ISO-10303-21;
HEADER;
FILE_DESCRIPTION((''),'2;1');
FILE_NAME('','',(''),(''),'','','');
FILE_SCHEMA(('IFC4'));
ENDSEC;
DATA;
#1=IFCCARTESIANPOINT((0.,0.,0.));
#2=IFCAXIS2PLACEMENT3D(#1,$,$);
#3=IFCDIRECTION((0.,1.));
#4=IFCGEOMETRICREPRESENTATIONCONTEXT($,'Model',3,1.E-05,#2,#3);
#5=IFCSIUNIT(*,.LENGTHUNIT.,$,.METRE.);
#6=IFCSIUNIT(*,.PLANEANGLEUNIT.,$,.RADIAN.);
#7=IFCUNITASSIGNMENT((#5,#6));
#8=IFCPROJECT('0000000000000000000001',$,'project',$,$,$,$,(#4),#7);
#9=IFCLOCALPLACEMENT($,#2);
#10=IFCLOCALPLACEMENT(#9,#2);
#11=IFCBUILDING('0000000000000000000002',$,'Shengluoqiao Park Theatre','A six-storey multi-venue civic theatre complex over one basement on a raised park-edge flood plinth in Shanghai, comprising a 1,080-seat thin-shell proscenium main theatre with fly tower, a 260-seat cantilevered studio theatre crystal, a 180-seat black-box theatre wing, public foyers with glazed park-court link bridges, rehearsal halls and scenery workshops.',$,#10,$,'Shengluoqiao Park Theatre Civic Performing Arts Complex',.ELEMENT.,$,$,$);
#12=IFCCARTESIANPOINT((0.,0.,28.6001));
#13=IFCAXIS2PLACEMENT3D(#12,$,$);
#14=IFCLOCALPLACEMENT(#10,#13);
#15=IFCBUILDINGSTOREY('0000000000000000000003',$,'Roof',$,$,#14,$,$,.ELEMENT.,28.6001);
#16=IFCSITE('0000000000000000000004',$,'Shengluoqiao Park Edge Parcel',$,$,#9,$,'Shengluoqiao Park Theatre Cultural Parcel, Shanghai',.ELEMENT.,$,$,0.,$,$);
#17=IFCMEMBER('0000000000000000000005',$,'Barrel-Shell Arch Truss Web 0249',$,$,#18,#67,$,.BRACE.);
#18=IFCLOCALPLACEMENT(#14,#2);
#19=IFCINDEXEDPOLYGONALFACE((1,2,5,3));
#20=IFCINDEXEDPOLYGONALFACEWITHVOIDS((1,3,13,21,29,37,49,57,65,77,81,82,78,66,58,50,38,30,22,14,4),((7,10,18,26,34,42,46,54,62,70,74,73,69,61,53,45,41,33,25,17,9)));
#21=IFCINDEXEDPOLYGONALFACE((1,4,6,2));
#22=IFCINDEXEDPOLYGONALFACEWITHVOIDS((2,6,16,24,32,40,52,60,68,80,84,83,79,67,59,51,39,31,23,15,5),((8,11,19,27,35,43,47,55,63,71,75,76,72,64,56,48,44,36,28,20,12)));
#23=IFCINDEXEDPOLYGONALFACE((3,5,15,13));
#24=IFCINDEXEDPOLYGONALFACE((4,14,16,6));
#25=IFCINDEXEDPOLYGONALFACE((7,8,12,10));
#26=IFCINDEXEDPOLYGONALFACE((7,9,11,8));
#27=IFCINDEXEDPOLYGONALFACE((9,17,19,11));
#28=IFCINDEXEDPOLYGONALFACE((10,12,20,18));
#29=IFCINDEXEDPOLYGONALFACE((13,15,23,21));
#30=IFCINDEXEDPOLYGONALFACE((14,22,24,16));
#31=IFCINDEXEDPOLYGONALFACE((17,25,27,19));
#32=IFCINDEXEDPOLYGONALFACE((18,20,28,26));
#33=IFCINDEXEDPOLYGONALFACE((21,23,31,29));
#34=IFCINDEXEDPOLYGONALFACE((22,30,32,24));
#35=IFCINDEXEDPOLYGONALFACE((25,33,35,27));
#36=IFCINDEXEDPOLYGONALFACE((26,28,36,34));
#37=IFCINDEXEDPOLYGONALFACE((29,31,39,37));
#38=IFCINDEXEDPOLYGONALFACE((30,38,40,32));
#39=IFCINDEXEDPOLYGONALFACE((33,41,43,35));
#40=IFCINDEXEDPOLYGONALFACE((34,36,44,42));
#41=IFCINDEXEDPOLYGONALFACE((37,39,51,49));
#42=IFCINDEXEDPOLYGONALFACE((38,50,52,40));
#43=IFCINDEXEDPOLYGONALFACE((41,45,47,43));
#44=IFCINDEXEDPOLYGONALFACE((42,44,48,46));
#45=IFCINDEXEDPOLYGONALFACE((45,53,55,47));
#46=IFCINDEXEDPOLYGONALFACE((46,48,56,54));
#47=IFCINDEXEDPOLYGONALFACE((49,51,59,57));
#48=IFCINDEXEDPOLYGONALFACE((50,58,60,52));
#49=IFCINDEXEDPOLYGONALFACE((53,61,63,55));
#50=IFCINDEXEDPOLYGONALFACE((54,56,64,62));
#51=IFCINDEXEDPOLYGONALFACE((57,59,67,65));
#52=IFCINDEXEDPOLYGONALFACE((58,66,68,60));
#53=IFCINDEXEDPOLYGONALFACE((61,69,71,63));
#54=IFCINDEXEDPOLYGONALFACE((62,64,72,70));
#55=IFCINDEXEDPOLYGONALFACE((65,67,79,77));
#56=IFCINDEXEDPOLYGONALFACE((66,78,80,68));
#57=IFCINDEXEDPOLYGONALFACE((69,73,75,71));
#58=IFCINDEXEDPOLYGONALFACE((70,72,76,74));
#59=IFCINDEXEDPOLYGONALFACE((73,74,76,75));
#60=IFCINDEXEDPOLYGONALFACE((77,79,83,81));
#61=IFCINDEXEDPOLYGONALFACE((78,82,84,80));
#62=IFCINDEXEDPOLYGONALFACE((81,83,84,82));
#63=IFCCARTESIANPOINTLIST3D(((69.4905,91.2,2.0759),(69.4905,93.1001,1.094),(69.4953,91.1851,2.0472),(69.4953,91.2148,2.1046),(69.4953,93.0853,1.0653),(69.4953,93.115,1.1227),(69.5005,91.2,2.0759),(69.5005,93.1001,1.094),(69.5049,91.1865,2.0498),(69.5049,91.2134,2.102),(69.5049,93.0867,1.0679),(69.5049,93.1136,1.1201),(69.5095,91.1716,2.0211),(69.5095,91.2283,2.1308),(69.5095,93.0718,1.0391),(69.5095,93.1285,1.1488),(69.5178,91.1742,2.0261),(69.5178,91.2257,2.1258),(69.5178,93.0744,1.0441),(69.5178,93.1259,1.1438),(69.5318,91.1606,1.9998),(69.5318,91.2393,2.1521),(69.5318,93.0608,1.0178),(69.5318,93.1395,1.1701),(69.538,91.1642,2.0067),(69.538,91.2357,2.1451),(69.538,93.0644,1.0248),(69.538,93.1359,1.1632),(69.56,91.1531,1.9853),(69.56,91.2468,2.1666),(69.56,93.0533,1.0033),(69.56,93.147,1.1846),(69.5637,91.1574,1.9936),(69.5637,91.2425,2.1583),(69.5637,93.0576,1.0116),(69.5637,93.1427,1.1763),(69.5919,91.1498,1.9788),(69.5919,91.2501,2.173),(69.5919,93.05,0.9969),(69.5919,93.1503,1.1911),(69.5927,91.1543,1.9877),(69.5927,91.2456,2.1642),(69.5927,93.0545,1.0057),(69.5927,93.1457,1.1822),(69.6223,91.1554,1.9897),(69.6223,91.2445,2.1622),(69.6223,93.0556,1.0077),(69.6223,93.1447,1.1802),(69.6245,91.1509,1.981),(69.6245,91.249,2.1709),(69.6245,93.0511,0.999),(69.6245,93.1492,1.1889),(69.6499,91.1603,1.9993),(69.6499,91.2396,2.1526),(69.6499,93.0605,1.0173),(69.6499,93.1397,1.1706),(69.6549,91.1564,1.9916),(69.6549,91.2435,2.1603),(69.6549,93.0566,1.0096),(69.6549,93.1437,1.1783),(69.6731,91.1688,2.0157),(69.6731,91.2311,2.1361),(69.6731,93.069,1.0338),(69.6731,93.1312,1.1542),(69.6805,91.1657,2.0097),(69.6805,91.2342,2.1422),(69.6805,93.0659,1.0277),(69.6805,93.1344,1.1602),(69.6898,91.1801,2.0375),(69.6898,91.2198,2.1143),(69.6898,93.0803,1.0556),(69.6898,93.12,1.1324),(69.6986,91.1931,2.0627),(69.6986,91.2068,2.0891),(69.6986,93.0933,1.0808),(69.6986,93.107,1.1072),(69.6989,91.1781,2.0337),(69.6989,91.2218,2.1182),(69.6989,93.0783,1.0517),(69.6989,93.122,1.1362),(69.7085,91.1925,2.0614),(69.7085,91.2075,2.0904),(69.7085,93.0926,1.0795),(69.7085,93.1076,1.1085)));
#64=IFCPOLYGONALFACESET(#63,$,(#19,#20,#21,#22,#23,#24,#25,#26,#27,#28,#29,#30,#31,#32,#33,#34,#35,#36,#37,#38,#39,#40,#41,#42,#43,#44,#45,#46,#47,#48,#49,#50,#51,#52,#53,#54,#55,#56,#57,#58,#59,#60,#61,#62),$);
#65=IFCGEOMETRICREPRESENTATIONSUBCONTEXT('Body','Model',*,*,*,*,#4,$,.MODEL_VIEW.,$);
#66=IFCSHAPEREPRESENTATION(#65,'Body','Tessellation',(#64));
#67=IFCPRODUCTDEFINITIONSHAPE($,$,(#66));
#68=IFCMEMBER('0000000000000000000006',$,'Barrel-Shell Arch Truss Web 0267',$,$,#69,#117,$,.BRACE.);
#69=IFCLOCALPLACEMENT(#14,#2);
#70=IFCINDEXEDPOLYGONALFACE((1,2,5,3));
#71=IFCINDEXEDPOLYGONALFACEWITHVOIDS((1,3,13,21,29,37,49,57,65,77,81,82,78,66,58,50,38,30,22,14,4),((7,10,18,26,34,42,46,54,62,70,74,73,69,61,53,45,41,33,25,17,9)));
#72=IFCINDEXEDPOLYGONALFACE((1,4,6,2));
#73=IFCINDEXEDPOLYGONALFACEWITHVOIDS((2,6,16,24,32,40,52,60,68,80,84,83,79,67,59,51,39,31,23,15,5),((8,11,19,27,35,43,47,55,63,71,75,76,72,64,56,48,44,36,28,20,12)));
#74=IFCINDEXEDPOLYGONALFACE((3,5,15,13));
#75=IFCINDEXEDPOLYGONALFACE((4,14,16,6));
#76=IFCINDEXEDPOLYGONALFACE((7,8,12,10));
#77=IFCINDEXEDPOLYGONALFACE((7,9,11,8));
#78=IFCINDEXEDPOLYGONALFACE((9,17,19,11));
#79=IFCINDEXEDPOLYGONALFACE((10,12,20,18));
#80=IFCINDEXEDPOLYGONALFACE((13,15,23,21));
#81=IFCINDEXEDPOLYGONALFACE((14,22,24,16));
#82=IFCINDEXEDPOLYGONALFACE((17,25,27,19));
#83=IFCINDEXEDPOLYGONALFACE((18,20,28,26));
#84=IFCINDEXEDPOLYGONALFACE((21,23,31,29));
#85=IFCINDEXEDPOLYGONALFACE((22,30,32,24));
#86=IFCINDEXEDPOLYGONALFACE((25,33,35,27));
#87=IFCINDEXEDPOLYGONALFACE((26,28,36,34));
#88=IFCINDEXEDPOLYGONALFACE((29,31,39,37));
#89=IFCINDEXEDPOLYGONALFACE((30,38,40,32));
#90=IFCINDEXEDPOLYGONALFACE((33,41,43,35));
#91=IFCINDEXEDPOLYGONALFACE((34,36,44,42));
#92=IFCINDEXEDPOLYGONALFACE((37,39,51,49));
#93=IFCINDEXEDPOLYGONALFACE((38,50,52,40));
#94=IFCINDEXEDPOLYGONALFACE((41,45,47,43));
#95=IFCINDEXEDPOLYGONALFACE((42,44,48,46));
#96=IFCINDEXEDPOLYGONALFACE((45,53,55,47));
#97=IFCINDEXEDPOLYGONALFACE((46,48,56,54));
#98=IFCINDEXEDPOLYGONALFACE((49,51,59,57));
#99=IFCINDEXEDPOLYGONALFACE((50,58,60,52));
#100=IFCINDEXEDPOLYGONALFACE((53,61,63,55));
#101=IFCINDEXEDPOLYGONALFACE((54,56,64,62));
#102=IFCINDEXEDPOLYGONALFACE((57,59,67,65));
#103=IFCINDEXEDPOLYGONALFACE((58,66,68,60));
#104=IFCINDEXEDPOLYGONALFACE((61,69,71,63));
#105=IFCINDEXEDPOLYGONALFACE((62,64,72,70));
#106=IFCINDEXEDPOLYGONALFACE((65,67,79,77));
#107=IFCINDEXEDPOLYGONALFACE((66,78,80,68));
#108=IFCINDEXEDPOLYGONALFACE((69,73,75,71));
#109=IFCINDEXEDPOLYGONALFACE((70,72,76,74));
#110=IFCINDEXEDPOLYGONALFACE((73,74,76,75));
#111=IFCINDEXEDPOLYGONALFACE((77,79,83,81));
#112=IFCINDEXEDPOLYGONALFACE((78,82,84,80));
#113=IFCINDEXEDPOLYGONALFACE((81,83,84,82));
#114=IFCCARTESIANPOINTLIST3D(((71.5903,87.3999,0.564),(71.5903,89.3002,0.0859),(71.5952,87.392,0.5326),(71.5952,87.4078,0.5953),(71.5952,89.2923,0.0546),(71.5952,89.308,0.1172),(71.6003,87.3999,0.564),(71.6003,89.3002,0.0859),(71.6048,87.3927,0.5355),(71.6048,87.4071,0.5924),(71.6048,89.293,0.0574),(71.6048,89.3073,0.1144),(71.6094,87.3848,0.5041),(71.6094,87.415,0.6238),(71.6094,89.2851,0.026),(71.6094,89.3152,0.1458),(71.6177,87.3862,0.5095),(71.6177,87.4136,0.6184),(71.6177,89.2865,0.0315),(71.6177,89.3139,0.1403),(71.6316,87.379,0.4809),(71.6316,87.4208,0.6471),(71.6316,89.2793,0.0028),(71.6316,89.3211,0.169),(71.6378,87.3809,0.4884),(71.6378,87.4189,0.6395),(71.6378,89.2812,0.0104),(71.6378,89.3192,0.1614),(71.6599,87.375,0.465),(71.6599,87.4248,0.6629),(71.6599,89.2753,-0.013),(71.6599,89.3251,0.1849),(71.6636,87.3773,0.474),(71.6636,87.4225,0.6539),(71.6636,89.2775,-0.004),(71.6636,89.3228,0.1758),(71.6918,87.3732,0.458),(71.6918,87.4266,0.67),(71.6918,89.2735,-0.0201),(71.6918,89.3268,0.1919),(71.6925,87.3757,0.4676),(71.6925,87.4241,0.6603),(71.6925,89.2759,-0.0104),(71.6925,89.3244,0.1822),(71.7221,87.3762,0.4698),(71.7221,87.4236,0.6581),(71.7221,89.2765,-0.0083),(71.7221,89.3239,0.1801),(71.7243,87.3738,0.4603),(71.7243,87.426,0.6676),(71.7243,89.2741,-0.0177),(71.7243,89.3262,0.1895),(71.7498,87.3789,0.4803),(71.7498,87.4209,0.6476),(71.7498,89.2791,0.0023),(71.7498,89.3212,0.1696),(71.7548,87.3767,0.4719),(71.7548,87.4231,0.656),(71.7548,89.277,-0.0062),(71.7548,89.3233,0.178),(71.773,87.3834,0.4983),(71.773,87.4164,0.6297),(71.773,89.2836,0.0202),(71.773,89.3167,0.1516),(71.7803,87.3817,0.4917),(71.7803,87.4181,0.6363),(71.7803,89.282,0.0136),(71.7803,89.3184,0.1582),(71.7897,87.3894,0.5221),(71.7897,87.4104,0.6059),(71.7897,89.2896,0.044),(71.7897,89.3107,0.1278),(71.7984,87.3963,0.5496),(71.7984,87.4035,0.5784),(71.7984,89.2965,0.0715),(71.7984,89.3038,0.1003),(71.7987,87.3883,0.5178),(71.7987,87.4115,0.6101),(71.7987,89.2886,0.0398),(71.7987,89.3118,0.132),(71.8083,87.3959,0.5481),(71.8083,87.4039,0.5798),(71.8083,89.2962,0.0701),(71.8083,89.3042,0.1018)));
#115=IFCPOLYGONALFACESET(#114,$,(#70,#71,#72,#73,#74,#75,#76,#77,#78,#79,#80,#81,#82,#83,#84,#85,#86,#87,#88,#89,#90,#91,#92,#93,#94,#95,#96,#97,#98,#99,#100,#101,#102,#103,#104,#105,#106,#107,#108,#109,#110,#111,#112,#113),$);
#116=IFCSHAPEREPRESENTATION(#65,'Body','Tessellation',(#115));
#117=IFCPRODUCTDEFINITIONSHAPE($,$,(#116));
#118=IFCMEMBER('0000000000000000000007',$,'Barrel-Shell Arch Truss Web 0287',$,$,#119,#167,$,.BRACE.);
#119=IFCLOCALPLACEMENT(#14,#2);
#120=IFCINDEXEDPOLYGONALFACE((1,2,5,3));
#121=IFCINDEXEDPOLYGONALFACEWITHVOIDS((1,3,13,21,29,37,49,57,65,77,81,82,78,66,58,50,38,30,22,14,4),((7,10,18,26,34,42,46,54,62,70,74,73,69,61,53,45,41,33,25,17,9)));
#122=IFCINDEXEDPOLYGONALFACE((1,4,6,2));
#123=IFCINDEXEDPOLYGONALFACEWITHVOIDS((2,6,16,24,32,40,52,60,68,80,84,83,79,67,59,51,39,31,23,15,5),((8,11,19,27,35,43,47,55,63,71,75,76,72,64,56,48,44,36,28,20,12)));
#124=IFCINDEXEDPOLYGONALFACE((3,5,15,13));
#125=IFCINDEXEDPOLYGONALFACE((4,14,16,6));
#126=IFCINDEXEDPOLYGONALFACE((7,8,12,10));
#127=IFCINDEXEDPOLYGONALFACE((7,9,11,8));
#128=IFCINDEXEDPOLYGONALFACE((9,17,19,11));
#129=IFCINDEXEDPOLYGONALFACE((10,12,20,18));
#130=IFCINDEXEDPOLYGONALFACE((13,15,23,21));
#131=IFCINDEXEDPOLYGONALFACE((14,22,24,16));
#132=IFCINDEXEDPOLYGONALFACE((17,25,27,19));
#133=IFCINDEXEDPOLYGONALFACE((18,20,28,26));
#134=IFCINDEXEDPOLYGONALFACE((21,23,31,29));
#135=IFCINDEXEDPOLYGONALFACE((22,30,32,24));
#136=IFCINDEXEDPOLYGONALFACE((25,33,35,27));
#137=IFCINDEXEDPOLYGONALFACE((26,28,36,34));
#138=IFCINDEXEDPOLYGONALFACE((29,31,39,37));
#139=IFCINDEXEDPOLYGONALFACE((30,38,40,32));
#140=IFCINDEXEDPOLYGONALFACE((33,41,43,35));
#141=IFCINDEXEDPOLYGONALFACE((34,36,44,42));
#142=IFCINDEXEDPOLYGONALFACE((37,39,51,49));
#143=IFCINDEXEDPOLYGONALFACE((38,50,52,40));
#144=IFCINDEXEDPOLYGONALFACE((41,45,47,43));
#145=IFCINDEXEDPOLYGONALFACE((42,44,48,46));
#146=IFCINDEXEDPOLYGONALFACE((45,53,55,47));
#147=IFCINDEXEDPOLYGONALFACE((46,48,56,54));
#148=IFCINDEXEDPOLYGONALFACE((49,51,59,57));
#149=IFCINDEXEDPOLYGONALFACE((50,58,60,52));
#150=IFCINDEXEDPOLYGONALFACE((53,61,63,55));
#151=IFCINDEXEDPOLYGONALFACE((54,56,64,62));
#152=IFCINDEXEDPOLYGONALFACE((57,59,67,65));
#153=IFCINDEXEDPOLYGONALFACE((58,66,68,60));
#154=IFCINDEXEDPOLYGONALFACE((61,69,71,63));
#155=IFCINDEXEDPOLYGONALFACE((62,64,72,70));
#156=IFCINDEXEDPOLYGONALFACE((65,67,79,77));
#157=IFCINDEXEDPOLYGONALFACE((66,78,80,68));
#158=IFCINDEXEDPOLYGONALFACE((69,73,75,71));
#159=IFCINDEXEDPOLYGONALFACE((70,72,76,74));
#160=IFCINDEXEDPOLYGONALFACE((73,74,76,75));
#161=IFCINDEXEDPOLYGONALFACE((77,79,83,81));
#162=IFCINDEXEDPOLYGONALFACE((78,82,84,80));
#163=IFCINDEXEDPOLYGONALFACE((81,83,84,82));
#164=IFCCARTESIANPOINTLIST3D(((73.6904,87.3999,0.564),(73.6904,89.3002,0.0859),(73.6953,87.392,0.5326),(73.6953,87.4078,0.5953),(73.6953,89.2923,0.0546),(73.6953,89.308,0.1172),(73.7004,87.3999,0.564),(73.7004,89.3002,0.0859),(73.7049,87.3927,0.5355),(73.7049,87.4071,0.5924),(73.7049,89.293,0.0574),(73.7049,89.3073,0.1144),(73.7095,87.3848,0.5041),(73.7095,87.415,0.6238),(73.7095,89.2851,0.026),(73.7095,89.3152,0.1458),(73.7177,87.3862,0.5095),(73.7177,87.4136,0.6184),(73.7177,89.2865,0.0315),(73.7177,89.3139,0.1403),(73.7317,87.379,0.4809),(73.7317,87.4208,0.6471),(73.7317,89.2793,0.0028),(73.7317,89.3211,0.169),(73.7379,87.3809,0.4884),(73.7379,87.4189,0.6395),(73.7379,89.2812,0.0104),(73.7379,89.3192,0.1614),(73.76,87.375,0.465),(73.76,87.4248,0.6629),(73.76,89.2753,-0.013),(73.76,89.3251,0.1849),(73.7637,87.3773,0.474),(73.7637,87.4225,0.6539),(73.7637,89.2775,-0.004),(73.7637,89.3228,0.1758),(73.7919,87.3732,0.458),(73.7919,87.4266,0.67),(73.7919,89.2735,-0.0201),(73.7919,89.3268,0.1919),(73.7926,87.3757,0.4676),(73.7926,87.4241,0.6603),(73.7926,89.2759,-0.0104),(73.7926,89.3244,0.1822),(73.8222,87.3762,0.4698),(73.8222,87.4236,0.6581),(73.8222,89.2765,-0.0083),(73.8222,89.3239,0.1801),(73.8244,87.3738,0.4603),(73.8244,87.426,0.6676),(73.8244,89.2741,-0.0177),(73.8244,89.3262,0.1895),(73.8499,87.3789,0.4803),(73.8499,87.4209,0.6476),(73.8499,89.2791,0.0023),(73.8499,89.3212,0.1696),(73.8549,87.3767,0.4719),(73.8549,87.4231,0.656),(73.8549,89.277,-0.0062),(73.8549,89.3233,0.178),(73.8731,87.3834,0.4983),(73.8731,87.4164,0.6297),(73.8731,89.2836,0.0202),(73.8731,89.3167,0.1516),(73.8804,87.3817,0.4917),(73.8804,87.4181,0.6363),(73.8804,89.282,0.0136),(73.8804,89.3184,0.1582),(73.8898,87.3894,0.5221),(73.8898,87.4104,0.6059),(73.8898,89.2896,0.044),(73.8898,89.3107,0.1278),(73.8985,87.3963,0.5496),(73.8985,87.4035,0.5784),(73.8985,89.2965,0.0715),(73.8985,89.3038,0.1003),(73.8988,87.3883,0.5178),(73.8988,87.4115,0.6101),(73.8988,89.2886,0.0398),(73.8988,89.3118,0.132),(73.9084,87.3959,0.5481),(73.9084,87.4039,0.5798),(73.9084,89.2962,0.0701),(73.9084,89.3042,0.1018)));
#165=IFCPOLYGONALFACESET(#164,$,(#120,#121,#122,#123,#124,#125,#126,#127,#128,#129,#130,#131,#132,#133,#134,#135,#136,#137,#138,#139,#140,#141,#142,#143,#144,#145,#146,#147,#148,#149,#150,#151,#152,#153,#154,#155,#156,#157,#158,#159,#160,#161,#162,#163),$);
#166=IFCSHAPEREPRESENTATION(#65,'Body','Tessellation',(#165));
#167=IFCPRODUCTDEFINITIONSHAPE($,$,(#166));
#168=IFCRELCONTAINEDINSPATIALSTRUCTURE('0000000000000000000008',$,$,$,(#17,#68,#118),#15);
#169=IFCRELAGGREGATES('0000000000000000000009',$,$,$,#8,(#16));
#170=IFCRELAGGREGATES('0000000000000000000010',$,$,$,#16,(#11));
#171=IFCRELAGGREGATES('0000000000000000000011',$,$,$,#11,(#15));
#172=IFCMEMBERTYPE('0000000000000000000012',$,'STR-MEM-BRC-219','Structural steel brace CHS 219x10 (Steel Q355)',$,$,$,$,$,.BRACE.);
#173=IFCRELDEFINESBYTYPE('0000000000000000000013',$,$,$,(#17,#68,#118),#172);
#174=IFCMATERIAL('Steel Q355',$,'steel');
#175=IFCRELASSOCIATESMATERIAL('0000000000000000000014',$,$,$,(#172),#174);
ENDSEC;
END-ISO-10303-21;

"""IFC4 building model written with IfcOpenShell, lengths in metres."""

from ifc_helpers import new_model, si_unit, direction, frame, origin, origin_2d, place, context, subcontext, project, spatial, hollow_circle, extrude, material, material_profile, profile_set, type_object, element, save


model = new_model("IFC4")

# Units and contexts
model_context = context("Model", 3, precision=1e-05, world=origin(), true_north=direction((0.0, 1.0)))
body_context = subcontext(model_context, "Body", "Model", "MODEL_VIEW")
ifc_project = project(units=[si_unit("LENGTHUNIT", "METRE"), si_unit("PLANEANGLEUNIT", "RADIAN")], contexts=[model_context])

# Site, building, storey
site_placement = place(None, origin())
site = spatial("IfcSite", under=ifc_project, at=site_placement, Name="Shengluoqiao Park Edge Parcel", LongName="Shengluoqiao Park Theatre Cultural Parcel, Shanghai", CompositionType="ELEMENT", RefElevation=0.0)
building_placement = place(site_placement, origin())
building = spatial("IfcBuilding", under=site, at=building_placement, Name="Shengluoqiao Park Theatre", Description="A six-storey multi-venue civic theatre complex over one basement on a raised park-edge flood plinth in Shanghai, comprising a 1,080-seat thin-shell proscenium main theatre with fly tower, a 260-seat cantilevered studio theatre crystal, a 180-seat black-box theatre wing, public foyers with glazed park-court link bridges, rehearsal halls and scenery workshops.", LongName="Shengluoqiao Park Theatre Civic Performing Arts Complex", CompositionType="ELEMENT")
storey_placement = place(building_placement, frame((0.0, 0.0, 28.6001)))
storey = spatial("IfcBuildingStorey", under=building, at=storey_placement, Name="Roof", CompositionType="ELEMENT", Elevation=28.6001)

# Shared definitions
ifc_material_1 = material(Name="Steel Q355", Category="steel")

# Members
ifc_material_profile_1 = material_profile(ifc_material_1, hollow_circle(Radius=0.1096, WallThickness=0.01, at=origin_2d()), Name="CHS 219x10")
ifc_profile_set_1 = profile_set([ifc_material_profile_1], Name="Steel Q355")
member_type_1 = type_object("IfcMemberType", Name="STR-MEM-BRC-219", Description="Structural steel brace CHS 219x10 (Steel Q355)", PredefinedType="BRACE", material=ifc_profile_set_1)
member_1_placement = place(storey_placement, frame((69.6001, 91.2, 2.0759), z_axis=(0.0, 0.888389, -0.459091), x_axis=(-1.0, 0.0, 0.0)))
element("IfcMember", 1, at=member_1_placement, inside=storey, type_object=member_type_1, Name="Barrel-Shell Arch Truss Web 0249", PredefinedType="BRACE", context=body_context, shape_type="SweptSolid", body=[
    extrude(hollow_circle(Radius=0.1096, WallThickness=0.01, at=origin_2d()), origin(), (0.0, 0.0, 1.0), 2.1389),
])
for number, where, z_axis, x_axis, name in (
    (2, (71.7, 87.3999, 0.564), (0.0, 0.969782, -0.243972), (-1.0, 0.0, 0.0), "Barrel-Shell Arch Truss Web 0267"),
    (3, (73.8, 87.3999, 0.564), (0.0, 0.969782, -0.243972), (-1.0, 0.0, 0.0), "Barrel-Shell Arch Truss Web 0287"),
):
    element("IfcMember", number, at=place(storey_placement, frame(where, z_axis=z_axis, x_axis=x_axis)), inside=storey, type_object=member_type_1, Name=name, PredefinedType="BRACE", context=body_context, shape_type="SweptSolid", body=[
        extrude(hollow_circle(Radius=0.1096, WallThickness=0.01, at=origin_2d()), origin(), (0.0, 0.0, 1.0), 1.9595),
    ])

save(model, "model.ifc")
